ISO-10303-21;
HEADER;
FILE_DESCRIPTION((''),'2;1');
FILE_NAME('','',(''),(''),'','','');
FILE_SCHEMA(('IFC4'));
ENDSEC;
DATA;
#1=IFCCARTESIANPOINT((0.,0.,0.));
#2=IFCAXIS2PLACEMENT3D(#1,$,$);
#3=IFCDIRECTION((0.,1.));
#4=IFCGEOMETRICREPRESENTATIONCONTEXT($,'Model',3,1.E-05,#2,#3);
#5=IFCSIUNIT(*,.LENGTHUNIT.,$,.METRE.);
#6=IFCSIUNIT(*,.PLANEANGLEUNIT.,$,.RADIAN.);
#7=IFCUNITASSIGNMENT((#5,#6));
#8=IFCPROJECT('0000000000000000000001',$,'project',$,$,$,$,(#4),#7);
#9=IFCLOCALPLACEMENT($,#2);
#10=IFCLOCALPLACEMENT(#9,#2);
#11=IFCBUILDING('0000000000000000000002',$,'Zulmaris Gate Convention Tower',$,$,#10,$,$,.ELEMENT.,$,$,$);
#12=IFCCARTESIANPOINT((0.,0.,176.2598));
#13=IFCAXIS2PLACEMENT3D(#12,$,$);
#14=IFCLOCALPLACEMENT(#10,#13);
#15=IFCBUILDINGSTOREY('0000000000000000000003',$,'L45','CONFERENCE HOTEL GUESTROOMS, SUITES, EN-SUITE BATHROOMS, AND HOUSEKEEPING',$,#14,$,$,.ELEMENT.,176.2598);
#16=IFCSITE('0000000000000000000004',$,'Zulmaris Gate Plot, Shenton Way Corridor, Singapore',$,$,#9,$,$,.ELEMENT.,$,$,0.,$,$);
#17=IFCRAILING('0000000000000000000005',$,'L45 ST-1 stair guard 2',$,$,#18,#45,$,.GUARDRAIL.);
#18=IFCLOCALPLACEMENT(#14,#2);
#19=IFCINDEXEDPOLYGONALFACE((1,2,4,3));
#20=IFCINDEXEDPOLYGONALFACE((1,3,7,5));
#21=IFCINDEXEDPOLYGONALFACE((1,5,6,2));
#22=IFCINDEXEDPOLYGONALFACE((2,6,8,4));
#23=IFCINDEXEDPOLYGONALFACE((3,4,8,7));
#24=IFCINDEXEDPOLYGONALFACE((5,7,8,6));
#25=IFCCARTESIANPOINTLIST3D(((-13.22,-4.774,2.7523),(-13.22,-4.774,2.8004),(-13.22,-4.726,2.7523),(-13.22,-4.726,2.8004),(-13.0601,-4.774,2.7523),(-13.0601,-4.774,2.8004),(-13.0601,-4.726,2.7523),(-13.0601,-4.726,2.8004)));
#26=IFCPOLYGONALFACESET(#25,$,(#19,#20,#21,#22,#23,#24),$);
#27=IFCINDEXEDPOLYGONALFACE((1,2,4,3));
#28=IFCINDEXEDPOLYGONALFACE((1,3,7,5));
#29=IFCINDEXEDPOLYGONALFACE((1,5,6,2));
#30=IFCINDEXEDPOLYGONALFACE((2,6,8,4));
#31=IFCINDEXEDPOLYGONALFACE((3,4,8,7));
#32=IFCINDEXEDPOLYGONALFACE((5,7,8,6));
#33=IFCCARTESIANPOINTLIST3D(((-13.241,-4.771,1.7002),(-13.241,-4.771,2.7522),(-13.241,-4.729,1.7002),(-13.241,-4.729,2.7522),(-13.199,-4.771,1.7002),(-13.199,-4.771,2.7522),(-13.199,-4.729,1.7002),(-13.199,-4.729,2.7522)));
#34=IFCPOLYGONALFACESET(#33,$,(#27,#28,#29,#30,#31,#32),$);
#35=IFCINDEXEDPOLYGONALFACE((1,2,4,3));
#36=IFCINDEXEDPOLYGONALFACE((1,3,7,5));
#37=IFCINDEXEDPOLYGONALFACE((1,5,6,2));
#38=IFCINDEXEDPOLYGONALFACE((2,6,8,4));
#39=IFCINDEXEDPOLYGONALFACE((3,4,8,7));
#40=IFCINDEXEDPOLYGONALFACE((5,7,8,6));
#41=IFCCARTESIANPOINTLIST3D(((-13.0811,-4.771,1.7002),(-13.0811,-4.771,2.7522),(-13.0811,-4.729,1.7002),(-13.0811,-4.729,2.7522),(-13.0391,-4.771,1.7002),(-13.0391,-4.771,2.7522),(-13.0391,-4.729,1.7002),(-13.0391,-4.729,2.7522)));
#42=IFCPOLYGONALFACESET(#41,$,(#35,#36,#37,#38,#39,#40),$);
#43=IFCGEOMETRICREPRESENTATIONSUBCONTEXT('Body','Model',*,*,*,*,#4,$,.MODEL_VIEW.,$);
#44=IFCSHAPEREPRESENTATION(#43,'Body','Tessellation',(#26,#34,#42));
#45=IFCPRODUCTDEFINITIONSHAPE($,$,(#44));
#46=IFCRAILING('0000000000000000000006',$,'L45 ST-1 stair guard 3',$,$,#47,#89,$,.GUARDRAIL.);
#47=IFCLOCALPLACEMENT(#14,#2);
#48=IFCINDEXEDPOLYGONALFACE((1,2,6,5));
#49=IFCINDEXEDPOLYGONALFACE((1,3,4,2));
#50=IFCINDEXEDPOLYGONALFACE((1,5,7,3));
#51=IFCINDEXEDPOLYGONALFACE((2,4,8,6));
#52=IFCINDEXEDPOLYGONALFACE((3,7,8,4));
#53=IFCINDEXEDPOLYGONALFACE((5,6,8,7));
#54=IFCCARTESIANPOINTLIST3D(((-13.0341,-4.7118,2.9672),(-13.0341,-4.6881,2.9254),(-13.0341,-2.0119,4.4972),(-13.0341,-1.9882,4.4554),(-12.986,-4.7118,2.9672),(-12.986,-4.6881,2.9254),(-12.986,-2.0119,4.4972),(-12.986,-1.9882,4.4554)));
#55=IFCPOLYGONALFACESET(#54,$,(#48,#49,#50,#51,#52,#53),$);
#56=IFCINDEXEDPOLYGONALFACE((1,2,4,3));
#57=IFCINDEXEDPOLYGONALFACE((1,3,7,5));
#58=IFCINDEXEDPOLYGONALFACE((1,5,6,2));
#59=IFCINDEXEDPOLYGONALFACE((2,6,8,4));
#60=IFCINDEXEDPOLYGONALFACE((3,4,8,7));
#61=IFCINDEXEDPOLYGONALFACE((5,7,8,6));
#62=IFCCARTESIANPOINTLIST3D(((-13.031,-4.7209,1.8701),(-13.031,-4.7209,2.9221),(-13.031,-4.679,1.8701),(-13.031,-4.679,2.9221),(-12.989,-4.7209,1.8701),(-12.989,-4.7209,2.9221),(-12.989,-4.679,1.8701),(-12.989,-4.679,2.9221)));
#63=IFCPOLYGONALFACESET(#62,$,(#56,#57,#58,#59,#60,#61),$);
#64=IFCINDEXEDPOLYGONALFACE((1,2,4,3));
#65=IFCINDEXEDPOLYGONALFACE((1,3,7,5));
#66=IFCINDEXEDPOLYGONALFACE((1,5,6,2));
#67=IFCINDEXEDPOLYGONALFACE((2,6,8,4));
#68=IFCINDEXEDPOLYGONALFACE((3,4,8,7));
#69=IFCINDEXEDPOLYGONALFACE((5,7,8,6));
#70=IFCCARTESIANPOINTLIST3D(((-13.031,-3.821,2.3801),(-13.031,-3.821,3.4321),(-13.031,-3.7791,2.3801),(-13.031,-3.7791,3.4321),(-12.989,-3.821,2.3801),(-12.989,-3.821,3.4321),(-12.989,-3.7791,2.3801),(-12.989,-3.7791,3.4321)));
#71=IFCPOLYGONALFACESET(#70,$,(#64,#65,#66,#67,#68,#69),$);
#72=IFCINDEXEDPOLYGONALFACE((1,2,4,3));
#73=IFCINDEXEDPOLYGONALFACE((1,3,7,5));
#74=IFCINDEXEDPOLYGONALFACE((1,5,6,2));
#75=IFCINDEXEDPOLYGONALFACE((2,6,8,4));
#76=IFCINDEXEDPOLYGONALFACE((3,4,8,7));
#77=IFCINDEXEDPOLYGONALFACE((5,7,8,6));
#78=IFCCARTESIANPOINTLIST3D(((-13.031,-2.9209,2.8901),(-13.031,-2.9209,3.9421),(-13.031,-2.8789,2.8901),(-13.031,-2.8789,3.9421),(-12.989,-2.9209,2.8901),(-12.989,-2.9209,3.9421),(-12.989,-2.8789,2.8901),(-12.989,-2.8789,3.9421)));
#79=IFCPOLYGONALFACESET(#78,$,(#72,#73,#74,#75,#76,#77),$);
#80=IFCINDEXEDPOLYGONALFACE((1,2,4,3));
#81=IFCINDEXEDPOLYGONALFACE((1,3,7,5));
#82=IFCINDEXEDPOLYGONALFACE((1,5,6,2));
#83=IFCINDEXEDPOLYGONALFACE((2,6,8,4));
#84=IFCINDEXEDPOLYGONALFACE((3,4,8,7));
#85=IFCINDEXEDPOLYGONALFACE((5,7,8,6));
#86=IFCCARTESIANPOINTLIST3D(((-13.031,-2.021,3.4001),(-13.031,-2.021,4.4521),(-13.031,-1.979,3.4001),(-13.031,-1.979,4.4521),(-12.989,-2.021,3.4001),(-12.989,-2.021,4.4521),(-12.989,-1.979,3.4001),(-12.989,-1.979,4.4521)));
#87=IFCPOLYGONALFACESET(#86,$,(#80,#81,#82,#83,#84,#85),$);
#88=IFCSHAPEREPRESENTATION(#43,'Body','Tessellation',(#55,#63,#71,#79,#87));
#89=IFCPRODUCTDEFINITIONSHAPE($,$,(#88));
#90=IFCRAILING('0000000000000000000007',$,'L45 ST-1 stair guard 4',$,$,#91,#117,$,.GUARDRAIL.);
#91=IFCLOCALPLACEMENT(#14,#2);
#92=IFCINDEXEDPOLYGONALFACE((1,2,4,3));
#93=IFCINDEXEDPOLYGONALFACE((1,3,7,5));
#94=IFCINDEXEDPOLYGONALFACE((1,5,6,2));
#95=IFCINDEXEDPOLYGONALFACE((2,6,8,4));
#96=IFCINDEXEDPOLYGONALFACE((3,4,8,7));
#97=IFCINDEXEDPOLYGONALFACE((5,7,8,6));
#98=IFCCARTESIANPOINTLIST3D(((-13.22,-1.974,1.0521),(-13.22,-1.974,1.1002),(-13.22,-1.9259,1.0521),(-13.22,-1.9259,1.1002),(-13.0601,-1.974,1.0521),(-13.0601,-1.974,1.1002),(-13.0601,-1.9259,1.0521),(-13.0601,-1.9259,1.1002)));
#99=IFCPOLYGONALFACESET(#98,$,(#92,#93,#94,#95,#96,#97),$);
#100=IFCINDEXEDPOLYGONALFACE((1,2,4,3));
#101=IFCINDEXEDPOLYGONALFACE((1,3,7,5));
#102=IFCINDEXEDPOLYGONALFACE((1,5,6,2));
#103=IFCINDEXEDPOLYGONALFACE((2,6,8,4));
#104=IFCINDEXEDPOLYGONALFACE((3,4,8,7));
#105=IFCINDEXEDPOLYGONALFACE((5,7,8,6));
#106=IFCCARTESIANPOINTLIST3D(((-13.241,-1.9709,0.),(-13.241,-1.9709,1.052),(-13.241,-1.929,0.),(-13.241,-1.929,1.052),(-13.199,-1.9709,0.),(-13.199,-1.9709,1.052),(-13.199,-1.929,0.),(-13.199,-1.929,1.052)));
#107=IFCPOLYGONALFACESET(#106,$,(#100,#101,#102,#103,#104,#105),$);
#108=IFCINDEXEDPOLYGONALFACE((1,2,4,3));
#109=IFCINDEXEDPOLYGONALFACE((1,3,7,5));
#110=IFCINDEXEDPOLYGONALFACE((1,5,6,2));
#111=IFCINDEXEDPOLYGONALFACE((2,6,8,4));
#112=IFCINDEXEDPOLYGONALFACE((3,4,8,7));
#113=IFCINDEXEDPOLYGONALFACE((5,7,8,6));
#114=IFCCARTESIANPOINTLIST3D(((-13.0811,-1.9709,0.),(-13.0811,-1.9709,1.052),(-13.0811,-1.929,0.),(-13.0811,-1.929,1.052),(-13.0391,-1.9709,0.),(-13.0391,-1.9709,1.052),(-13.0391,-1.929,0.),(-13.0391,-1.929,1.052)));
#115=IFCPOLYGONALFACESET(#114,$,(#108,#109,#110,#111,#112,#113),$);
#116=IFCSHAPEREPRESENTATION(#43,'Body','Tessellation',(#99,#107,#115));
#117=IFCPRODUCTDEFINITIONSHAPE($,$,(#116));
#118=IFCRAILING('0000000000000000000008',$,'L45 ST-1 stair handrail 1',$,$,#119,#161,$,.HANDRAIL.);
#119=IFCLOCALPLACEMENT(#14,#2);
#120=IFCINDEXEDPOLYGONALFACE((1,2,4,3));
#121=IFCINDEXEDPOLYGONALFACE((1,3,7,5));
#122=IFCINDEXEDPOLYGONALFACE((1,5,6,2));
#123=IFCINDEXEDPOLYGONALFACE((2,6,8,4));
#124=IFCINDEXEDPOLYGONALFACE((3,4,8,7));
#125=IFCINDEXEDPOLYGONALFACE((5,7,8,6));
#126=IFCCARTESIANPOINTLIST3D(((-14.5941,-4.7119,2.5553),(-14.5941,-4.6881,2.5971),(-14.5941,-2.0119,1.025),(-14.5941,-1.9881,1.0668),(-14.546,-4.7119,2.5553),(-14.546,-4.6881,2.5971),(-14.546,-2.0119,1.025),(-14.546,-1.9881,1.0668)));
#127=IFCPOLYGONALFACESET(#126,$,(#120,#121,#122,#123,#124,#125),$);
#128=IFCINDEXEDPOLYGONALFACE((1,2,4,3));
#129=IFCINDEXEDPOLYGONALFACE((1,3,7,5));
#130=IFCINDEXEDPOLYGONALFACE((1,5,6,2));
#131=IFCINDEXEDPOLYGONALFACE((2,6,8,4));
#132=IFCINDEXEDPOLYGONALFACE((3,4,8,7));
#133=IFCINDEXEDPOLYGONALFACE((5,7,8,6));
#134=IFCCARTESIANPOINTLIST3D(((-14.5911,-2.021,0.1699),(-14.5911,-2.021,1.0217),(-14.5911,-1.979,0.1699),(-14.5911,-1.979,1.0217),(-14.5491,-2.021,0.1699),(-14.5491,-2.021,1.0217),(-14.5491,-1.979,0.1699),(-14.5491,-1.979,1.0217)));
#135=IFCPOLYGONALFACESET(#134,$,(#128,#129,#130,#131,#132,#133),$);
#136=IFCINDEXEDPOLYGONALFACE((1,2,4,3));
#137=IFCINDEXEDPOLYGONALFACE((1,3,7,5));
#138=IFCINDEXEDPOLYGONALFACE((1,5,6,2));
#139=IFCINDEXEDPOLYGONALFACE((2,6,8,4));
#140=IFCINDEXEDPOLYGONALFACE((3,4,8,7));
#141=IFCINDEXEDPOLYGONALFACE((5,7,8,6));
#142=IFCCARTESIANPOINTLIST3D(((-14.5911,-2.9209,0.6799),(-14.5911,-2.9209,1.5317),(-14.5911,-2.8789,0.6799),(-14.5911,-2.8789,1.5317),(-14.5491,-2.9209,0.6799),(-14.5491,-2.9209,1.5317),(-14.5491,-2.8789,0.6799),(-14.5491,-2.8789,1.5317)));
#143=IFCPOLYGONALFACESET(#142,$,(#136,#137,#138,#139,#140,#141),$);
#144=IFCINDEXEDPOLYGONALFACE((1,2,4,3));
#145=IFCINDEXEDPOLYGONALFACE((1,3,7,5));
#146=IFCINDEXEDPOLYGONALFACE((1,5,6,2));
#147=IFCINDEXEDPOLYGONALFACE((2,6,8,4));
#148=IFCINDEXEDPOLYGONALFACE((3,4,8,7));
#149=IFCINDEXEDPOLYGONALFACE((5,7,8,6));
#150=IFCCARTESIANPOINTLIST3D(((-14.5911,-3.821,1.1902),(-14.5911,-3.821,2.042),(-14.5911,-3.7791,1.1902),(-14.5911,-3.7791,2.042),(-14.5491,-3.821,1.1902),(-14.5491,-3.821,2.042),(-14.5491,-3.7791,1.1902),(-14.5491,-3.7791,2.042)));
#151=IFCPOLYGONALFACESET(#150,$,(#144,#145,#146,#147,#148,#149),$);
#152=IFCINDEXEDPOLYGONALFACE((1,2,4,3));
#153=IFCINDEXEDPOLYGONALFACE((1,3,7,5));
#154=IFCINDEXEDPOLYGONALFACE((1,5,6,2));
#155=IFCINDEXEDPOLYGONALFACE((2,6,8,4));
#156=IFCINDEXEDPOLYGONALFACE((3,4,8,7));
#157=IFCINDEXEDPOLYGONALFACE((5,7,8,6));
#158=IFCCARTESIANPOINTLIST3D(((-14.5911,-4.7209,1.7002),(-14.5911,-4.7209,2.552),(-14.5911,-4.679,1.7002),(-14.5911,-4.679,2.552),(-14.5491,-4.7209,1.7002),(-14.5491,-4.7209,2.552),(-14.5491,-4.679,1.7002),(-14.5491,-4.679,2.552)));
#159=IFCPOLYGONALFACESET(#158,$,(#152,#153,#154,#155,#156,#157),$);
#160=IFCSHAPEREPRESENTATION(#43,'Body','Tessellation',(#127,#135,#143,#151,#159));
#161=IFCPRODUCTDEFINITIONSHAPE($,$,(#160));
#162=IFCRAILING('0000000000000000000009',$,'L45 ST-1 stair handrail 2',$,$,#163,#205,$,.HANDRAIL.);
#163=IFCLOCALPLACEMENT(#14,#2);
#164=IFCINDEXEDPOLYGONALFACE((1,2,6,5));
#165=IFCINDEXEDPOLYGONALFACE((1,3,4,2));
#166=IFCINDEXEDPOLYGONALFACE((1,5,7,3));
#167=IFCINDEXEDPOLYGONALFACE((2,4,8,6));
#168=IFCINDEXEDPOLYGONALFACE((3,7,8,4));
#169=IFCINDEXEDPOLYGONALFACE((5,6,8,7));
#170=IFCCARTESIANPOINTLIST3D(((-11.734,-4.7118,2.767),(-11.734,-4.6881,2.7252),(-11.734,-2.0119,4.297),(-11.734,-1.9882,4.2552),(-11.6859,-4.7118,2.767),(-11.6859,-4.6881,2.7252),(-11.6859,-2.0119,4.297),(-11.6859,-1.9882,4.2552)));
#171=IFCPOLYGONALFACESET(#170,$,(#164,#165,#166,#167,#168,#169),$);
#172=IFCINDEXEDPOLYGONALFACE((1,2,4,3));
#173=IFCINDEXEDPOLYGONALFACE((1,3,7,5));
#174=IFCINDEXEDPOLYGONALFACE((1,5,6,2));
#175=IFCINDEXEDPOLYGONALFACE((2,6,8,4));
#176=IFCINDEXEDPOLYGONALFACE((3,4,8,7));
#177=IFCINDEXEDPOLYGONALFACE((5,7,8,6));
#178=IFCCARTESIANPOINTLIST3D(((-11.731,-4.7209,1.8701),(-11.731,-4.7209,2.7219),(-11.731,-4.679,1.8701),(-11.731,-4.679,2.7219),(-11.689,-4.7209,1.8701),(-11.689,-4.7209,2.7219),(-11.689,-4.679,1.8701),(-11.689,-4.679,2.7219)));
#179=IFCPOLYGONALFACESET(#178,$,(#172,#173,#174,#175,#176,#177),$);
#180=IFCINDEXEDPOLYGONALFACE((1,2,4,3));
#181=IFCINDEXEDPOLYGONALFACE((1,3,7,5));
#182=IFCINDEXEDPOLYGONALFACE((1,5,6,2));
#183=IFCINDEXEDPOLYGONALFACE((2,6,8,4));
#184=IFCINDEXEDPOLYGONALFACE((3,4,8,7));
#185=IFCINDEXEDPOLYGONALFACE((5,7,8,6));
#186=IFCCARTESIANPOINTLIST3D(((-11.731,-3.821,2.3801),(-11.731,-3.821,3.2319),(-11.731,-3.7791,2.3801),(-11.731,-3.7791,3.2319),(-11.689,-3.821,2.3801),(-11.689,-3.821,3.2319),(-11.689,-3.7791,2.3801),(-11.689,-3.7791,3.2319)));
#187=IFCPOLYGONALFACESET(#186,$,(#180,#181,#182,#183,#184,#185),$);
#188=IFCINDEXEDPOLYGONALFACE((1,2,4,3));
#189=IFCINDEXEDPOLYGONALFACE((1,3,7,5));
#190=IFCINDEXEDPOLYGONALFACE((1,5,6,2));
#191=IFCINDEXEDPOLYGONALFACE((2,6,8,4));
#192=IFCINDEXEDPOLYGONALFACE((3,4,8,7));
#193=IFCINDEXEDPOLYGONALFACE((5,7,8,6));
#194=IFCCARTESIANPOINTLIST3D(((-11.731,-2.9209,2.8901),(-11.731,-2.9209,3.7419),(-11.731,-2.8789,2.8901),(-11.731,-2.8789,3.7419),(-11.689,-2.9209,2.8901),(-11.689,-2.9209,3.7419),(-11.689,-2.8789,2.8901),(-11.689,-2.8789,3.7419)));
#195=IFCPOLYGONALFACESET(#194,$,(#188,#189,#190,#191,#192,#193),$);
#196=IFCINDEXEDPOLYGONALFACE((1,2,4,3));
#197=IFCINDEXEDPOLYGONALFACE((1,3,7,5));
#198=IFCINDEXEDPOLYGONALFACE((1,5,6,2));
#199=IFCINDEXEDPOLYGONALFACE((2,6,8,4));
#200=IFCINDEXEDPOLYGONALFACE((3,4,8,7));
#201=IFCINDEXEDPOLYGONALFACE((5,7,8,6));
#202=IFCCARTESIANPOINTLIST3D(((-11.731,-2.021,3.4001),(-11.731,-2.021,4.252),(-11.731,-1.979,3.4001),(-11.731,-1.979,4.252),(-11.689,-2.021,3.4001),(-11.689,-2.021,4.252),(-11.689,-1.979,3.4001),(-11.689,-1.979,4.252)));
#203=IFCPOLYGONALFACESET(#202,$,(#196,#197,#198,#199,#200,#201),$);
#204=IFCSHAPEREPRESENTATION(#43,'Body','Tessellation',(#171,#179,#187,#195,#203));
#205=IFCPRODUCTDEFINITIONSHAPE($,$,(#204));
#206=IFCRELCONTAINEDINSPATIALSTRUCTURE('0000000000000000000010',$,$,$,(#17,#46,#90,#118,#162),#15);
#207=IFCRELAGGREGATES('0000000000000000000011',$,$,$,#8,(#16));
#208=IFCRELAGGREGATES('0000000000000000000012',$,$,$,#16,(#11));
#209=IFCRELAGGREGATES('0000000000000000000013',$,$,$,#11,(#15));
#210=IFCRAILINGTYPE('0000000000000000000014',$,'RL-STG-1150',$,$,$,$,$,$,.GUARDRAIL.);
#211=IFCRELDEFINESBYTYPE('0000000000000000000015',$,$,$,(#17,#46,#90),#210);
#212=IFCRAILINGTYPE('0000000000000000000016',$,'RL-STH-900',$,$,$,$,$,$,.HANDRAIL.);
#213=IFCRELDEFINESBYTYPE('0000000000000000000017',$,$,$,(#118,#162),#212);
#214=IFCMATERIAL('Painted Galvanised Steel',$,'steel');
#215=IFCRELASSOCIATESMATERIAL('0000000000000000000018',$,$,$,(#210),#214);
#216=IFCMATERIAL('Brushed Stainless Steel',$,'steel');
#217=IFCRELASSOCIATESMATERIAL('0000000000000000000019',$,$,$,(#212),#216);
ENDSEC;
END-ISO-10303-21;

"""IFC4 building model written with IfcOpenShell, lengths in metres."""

from ifc_helpers import new_model, si_unit, direction, frame, origin, origin_2d, place, context, subcontext, project, spatial, rectangle, extrude, material, type_object, element, save


model = new_model("IFC4")

# Units and contexts
model_context = context("Model", 3, precision=1e-05, world=origin(), true_north=direction((0.0, 1.0)))
body_context = subcontext(model_context, "Body", "Model", "MODEL_VIEW")
ifc_project = project(units=[si_unit("LENGTHUNIT", "METRE"), si_unit("PLANEANGLEUNIT", "RADIAN")], contexts=[model_context])

# Site, building, storey
site_placement = place(None, origin())
site = spatial("IfcSite", under=ifc_project, at=site_placement, Name="Zulmaris Gate Plot, Shenton Way Corridor, Singapore", CompositionType="ELEMENT", RefElevation=0.0)
building_placement = place(site_placement, origin())
building = spatial("IfcBuilding", under=site, at=building_placement, Name="Zulmaris Gate Convention Tower", CompositionType="ELEMENT")
storey_placement = place(building_placement, frame((0.0, 0.0, 176.2598)))
storey = spatial("IfcBuildingStorey", under=building, at=storey_placement, Name="L45", Description="CONFERENCE HOTEL GUESTROOMS, SUITES, EN-SUITE BATHROOMS, AND HOUSEKEEPING", CompositionType="ELEMENT", Elevation=176.2598)

# Railings
ifc_material_1 = material(Name="Painted Galvanised Steel", Category="steel")
railing_type_1 = type_object("IfcRailingType", Name="RL-STG-1150", PredefinedType="GUARDRAIL", material=ifc_material_1)
railing_1_placement = place(storey_placement, frame((-13.22, -4.75, 1.7002)))
element("IfcRailing", 1, at=railing_1_placement, inside=storey, type_object=railing_type_1, Name="L45 ST-1 stair guard 2", PredefinedType="GUARDRAIL", context=body_context, shape_type="SweptSolid", body=[
    extrude(rectangle(XDim=0.0481, YDim=0.0481, at=origin_2d()), frame((0.0, 0.0, 1.0762), z_axis=(1.0, 0.0, 0.0), x_axis=(0.0, 1.0, 0.0)), (0.0, 0.0, 1.0), 0.1599),
    extrude(rectangle(XDim=0.042, YDim=0.042, at=origin_2d()), origin(), (0.0, 0.0, 1.0), 1.052),
    extrude(rectangle(XDim=0.042, YDim=0.042, at=origin_2d()), frame((0.1599, 0.0, 0.0)), (0.0, 0.0, 1.0), 1.052),
])
railing_2_placement = place(storey_placement, frame((-13.01, -4.7, 1.8701)))
element("IfcRailing", 2, at=railing_2_placement, inside=storey, type_object=railing_type_1, Name="L45 ST-1 stair guard 3", PredefinedType="GUARDRAIL", context=body_context, shape_type="SweptSolid", body=[
    extrude(rectangle(XDim=0.0481, YDim=0.0481, at=origin_2d()), frame((0.0, 0.0, 1.0762), z_axis=(0.0, 0.870014, 0.493026), x_axis=(-1.0, 0.0, 0.0)), (0.0, 0.0, 1.0), 3.1033),
    extrude(rectangle(XDim=0.042, YDim=0.042, at=origin_2d()), origin(), (0.0, 0.0, 1.0), 1.052),
    extrude(rectangle(XDim=0.042, YDim=0.042, at=origin_2d()), frame((0.0, 0.8999, 0.51)), (0.0, 0.0, 1.0), 1.052),
    extrude(rectangle(XDim=0.042, YDim=0.042, at=origin_2d()), frame((0.0, 1.8, 1.02)), (0.0, 0.0, 1.0), 1.052),
    extrude(rectangle(XDim=0.042, YDim=0.042, at=origin_2d()), frame((0.0, 2.7, 1.53)), (0.0, 0.0, 1.0), 1.052),
])
railing_3_placement = place(storey_placement, frame((-13.22, -1.95, 0.0)))
element("IfcRailing", 3, at=railing_3_placement, inside=storey, type_object=railing_type_1, Name="L45 ST-1 stair guard 4", PredefinedType="GUARDRAIL", context=body_context, shape_type="SweptSolid", body=[
    extrude(rectangle(XDim=0.0481, YDim=0.0481, at=origin_2d()), frame((0.0, 0.0, 1.0762), z_axis=(1.0, 0.0, 0.0), x_axis=(0.0, 1.0, 0.0)), (0.0, 0.0, 1.0), 0.1599),
    extrude(rectangle(XDim=0.042, YDim=0.042, at=origin_2d()), origin(), (0.0, 0.0, 1.0), 1.052),
    extrude(rectangle(XDim=0.042, YDim=0.042, at=origin_2d()), frame((0.1599, 0.0, 0.0)), (0.0, 0.0, 1.0), 1.052),
])
ifc_material_2 = material(Name="Brushed Stainless Steel", Category="steel")
railing_type_2 = type_object("IfcRailingType", Name="RL-STH-900", PredefinedType="HANDRAIL", material=ifc_material_2)
railing_4_placement = place(storey_placement, frame((-14.5701, -2.0, 0.1699)))
element("IfcRailing", 4, at=railing_4_placement, inside=storey, type_object=railing_type_2, Name="L45 ST-1 stair handrail 1", PredefinedType="HANDRAIL", context=body_context, shape_type="SweptSolid", body=[
    extrude(rectangle(XDim=0.0481, YDim=0.0481, at=origin_2d()), frame((0.0, 0.0, 0.876), z_axis=(0.0, -0.869981, 0.493086), x_axis=(1.0, 0.0, 0.0)), (0.0, 0.0, 1.0), 3.1035),
    extrude(rectangle(XDim=0.042, YDim=0.042, at=origin_2d()), origin(), (0.0, 0.0, 1.0), 0.8518),
    extrude(rectangle(XDim=0.042, YDim=0.042, at=origin_2d()), frame((0.0, -0.8999, 0.51)), (0.0, 0.0, 1.0), 0.8518),
    extrude(rectangle(XDim=0.042, YDim=0.042, at=origin_2d()), frame((0.0, -1.8, 1.0203)), (0.0, 0.0, 1.0), 0.8518),
    extrude(rectangle(XDim=0.042, YDim=0.042, at=origin_2d()), frame((0.0, -2.7, 1.5303)), (0.0, 0.0, 1.0), 0.8518),
])
railing_5_placement = place(storey_placement, frame((-11.71, -4.7, 1.8701)))
element("IfcRailing", 5, at=railing_5_placement, inside=storey, type_object=railing_type_2, Name="L45 ST-1 stair handrail 2", PredefinedType="HANDRAIL", context=body_context, shape_type="SweptSolid", body=[
    extrude(rectangle(XDim=0.0481, YDim=0.0481, at=origin_2d()), frame((0.0, 0.0, 0.876), z_axis=(0.0, 0.870014, 0.493026), x_axis=(-1.0, 0.0, 0.0)), (0.0, 0.0, 1.0), 3.1033),
    extrude(rectangle(XDim=0.042, YDim=0.042, at=origin_2d()), origin(), (0.0, 0.0, 1.0), 0.8518),
    extrude(rectangle(XDim=0.042, YDim=0.042, at=origin_2d()), frame((0.0, 0.8999, 0.51)), (0.0, 0.0, 1.0), 0.8518),
    extrude(rectangle(XDim=0.042, YDim=0.042, at=origin_2d()), frame((0.0, 1.8, 1.02)), (0.0, 0.0, 1.0), 0.8518),
    extrude(rectangle(XDim=0.042, YDim=0.042, at=origin_2d()), frame((0.0, 2.7, 1.53)), (0.0, 0.0, 1.0), 0.8518),
])

save(model, "model.ifc")
